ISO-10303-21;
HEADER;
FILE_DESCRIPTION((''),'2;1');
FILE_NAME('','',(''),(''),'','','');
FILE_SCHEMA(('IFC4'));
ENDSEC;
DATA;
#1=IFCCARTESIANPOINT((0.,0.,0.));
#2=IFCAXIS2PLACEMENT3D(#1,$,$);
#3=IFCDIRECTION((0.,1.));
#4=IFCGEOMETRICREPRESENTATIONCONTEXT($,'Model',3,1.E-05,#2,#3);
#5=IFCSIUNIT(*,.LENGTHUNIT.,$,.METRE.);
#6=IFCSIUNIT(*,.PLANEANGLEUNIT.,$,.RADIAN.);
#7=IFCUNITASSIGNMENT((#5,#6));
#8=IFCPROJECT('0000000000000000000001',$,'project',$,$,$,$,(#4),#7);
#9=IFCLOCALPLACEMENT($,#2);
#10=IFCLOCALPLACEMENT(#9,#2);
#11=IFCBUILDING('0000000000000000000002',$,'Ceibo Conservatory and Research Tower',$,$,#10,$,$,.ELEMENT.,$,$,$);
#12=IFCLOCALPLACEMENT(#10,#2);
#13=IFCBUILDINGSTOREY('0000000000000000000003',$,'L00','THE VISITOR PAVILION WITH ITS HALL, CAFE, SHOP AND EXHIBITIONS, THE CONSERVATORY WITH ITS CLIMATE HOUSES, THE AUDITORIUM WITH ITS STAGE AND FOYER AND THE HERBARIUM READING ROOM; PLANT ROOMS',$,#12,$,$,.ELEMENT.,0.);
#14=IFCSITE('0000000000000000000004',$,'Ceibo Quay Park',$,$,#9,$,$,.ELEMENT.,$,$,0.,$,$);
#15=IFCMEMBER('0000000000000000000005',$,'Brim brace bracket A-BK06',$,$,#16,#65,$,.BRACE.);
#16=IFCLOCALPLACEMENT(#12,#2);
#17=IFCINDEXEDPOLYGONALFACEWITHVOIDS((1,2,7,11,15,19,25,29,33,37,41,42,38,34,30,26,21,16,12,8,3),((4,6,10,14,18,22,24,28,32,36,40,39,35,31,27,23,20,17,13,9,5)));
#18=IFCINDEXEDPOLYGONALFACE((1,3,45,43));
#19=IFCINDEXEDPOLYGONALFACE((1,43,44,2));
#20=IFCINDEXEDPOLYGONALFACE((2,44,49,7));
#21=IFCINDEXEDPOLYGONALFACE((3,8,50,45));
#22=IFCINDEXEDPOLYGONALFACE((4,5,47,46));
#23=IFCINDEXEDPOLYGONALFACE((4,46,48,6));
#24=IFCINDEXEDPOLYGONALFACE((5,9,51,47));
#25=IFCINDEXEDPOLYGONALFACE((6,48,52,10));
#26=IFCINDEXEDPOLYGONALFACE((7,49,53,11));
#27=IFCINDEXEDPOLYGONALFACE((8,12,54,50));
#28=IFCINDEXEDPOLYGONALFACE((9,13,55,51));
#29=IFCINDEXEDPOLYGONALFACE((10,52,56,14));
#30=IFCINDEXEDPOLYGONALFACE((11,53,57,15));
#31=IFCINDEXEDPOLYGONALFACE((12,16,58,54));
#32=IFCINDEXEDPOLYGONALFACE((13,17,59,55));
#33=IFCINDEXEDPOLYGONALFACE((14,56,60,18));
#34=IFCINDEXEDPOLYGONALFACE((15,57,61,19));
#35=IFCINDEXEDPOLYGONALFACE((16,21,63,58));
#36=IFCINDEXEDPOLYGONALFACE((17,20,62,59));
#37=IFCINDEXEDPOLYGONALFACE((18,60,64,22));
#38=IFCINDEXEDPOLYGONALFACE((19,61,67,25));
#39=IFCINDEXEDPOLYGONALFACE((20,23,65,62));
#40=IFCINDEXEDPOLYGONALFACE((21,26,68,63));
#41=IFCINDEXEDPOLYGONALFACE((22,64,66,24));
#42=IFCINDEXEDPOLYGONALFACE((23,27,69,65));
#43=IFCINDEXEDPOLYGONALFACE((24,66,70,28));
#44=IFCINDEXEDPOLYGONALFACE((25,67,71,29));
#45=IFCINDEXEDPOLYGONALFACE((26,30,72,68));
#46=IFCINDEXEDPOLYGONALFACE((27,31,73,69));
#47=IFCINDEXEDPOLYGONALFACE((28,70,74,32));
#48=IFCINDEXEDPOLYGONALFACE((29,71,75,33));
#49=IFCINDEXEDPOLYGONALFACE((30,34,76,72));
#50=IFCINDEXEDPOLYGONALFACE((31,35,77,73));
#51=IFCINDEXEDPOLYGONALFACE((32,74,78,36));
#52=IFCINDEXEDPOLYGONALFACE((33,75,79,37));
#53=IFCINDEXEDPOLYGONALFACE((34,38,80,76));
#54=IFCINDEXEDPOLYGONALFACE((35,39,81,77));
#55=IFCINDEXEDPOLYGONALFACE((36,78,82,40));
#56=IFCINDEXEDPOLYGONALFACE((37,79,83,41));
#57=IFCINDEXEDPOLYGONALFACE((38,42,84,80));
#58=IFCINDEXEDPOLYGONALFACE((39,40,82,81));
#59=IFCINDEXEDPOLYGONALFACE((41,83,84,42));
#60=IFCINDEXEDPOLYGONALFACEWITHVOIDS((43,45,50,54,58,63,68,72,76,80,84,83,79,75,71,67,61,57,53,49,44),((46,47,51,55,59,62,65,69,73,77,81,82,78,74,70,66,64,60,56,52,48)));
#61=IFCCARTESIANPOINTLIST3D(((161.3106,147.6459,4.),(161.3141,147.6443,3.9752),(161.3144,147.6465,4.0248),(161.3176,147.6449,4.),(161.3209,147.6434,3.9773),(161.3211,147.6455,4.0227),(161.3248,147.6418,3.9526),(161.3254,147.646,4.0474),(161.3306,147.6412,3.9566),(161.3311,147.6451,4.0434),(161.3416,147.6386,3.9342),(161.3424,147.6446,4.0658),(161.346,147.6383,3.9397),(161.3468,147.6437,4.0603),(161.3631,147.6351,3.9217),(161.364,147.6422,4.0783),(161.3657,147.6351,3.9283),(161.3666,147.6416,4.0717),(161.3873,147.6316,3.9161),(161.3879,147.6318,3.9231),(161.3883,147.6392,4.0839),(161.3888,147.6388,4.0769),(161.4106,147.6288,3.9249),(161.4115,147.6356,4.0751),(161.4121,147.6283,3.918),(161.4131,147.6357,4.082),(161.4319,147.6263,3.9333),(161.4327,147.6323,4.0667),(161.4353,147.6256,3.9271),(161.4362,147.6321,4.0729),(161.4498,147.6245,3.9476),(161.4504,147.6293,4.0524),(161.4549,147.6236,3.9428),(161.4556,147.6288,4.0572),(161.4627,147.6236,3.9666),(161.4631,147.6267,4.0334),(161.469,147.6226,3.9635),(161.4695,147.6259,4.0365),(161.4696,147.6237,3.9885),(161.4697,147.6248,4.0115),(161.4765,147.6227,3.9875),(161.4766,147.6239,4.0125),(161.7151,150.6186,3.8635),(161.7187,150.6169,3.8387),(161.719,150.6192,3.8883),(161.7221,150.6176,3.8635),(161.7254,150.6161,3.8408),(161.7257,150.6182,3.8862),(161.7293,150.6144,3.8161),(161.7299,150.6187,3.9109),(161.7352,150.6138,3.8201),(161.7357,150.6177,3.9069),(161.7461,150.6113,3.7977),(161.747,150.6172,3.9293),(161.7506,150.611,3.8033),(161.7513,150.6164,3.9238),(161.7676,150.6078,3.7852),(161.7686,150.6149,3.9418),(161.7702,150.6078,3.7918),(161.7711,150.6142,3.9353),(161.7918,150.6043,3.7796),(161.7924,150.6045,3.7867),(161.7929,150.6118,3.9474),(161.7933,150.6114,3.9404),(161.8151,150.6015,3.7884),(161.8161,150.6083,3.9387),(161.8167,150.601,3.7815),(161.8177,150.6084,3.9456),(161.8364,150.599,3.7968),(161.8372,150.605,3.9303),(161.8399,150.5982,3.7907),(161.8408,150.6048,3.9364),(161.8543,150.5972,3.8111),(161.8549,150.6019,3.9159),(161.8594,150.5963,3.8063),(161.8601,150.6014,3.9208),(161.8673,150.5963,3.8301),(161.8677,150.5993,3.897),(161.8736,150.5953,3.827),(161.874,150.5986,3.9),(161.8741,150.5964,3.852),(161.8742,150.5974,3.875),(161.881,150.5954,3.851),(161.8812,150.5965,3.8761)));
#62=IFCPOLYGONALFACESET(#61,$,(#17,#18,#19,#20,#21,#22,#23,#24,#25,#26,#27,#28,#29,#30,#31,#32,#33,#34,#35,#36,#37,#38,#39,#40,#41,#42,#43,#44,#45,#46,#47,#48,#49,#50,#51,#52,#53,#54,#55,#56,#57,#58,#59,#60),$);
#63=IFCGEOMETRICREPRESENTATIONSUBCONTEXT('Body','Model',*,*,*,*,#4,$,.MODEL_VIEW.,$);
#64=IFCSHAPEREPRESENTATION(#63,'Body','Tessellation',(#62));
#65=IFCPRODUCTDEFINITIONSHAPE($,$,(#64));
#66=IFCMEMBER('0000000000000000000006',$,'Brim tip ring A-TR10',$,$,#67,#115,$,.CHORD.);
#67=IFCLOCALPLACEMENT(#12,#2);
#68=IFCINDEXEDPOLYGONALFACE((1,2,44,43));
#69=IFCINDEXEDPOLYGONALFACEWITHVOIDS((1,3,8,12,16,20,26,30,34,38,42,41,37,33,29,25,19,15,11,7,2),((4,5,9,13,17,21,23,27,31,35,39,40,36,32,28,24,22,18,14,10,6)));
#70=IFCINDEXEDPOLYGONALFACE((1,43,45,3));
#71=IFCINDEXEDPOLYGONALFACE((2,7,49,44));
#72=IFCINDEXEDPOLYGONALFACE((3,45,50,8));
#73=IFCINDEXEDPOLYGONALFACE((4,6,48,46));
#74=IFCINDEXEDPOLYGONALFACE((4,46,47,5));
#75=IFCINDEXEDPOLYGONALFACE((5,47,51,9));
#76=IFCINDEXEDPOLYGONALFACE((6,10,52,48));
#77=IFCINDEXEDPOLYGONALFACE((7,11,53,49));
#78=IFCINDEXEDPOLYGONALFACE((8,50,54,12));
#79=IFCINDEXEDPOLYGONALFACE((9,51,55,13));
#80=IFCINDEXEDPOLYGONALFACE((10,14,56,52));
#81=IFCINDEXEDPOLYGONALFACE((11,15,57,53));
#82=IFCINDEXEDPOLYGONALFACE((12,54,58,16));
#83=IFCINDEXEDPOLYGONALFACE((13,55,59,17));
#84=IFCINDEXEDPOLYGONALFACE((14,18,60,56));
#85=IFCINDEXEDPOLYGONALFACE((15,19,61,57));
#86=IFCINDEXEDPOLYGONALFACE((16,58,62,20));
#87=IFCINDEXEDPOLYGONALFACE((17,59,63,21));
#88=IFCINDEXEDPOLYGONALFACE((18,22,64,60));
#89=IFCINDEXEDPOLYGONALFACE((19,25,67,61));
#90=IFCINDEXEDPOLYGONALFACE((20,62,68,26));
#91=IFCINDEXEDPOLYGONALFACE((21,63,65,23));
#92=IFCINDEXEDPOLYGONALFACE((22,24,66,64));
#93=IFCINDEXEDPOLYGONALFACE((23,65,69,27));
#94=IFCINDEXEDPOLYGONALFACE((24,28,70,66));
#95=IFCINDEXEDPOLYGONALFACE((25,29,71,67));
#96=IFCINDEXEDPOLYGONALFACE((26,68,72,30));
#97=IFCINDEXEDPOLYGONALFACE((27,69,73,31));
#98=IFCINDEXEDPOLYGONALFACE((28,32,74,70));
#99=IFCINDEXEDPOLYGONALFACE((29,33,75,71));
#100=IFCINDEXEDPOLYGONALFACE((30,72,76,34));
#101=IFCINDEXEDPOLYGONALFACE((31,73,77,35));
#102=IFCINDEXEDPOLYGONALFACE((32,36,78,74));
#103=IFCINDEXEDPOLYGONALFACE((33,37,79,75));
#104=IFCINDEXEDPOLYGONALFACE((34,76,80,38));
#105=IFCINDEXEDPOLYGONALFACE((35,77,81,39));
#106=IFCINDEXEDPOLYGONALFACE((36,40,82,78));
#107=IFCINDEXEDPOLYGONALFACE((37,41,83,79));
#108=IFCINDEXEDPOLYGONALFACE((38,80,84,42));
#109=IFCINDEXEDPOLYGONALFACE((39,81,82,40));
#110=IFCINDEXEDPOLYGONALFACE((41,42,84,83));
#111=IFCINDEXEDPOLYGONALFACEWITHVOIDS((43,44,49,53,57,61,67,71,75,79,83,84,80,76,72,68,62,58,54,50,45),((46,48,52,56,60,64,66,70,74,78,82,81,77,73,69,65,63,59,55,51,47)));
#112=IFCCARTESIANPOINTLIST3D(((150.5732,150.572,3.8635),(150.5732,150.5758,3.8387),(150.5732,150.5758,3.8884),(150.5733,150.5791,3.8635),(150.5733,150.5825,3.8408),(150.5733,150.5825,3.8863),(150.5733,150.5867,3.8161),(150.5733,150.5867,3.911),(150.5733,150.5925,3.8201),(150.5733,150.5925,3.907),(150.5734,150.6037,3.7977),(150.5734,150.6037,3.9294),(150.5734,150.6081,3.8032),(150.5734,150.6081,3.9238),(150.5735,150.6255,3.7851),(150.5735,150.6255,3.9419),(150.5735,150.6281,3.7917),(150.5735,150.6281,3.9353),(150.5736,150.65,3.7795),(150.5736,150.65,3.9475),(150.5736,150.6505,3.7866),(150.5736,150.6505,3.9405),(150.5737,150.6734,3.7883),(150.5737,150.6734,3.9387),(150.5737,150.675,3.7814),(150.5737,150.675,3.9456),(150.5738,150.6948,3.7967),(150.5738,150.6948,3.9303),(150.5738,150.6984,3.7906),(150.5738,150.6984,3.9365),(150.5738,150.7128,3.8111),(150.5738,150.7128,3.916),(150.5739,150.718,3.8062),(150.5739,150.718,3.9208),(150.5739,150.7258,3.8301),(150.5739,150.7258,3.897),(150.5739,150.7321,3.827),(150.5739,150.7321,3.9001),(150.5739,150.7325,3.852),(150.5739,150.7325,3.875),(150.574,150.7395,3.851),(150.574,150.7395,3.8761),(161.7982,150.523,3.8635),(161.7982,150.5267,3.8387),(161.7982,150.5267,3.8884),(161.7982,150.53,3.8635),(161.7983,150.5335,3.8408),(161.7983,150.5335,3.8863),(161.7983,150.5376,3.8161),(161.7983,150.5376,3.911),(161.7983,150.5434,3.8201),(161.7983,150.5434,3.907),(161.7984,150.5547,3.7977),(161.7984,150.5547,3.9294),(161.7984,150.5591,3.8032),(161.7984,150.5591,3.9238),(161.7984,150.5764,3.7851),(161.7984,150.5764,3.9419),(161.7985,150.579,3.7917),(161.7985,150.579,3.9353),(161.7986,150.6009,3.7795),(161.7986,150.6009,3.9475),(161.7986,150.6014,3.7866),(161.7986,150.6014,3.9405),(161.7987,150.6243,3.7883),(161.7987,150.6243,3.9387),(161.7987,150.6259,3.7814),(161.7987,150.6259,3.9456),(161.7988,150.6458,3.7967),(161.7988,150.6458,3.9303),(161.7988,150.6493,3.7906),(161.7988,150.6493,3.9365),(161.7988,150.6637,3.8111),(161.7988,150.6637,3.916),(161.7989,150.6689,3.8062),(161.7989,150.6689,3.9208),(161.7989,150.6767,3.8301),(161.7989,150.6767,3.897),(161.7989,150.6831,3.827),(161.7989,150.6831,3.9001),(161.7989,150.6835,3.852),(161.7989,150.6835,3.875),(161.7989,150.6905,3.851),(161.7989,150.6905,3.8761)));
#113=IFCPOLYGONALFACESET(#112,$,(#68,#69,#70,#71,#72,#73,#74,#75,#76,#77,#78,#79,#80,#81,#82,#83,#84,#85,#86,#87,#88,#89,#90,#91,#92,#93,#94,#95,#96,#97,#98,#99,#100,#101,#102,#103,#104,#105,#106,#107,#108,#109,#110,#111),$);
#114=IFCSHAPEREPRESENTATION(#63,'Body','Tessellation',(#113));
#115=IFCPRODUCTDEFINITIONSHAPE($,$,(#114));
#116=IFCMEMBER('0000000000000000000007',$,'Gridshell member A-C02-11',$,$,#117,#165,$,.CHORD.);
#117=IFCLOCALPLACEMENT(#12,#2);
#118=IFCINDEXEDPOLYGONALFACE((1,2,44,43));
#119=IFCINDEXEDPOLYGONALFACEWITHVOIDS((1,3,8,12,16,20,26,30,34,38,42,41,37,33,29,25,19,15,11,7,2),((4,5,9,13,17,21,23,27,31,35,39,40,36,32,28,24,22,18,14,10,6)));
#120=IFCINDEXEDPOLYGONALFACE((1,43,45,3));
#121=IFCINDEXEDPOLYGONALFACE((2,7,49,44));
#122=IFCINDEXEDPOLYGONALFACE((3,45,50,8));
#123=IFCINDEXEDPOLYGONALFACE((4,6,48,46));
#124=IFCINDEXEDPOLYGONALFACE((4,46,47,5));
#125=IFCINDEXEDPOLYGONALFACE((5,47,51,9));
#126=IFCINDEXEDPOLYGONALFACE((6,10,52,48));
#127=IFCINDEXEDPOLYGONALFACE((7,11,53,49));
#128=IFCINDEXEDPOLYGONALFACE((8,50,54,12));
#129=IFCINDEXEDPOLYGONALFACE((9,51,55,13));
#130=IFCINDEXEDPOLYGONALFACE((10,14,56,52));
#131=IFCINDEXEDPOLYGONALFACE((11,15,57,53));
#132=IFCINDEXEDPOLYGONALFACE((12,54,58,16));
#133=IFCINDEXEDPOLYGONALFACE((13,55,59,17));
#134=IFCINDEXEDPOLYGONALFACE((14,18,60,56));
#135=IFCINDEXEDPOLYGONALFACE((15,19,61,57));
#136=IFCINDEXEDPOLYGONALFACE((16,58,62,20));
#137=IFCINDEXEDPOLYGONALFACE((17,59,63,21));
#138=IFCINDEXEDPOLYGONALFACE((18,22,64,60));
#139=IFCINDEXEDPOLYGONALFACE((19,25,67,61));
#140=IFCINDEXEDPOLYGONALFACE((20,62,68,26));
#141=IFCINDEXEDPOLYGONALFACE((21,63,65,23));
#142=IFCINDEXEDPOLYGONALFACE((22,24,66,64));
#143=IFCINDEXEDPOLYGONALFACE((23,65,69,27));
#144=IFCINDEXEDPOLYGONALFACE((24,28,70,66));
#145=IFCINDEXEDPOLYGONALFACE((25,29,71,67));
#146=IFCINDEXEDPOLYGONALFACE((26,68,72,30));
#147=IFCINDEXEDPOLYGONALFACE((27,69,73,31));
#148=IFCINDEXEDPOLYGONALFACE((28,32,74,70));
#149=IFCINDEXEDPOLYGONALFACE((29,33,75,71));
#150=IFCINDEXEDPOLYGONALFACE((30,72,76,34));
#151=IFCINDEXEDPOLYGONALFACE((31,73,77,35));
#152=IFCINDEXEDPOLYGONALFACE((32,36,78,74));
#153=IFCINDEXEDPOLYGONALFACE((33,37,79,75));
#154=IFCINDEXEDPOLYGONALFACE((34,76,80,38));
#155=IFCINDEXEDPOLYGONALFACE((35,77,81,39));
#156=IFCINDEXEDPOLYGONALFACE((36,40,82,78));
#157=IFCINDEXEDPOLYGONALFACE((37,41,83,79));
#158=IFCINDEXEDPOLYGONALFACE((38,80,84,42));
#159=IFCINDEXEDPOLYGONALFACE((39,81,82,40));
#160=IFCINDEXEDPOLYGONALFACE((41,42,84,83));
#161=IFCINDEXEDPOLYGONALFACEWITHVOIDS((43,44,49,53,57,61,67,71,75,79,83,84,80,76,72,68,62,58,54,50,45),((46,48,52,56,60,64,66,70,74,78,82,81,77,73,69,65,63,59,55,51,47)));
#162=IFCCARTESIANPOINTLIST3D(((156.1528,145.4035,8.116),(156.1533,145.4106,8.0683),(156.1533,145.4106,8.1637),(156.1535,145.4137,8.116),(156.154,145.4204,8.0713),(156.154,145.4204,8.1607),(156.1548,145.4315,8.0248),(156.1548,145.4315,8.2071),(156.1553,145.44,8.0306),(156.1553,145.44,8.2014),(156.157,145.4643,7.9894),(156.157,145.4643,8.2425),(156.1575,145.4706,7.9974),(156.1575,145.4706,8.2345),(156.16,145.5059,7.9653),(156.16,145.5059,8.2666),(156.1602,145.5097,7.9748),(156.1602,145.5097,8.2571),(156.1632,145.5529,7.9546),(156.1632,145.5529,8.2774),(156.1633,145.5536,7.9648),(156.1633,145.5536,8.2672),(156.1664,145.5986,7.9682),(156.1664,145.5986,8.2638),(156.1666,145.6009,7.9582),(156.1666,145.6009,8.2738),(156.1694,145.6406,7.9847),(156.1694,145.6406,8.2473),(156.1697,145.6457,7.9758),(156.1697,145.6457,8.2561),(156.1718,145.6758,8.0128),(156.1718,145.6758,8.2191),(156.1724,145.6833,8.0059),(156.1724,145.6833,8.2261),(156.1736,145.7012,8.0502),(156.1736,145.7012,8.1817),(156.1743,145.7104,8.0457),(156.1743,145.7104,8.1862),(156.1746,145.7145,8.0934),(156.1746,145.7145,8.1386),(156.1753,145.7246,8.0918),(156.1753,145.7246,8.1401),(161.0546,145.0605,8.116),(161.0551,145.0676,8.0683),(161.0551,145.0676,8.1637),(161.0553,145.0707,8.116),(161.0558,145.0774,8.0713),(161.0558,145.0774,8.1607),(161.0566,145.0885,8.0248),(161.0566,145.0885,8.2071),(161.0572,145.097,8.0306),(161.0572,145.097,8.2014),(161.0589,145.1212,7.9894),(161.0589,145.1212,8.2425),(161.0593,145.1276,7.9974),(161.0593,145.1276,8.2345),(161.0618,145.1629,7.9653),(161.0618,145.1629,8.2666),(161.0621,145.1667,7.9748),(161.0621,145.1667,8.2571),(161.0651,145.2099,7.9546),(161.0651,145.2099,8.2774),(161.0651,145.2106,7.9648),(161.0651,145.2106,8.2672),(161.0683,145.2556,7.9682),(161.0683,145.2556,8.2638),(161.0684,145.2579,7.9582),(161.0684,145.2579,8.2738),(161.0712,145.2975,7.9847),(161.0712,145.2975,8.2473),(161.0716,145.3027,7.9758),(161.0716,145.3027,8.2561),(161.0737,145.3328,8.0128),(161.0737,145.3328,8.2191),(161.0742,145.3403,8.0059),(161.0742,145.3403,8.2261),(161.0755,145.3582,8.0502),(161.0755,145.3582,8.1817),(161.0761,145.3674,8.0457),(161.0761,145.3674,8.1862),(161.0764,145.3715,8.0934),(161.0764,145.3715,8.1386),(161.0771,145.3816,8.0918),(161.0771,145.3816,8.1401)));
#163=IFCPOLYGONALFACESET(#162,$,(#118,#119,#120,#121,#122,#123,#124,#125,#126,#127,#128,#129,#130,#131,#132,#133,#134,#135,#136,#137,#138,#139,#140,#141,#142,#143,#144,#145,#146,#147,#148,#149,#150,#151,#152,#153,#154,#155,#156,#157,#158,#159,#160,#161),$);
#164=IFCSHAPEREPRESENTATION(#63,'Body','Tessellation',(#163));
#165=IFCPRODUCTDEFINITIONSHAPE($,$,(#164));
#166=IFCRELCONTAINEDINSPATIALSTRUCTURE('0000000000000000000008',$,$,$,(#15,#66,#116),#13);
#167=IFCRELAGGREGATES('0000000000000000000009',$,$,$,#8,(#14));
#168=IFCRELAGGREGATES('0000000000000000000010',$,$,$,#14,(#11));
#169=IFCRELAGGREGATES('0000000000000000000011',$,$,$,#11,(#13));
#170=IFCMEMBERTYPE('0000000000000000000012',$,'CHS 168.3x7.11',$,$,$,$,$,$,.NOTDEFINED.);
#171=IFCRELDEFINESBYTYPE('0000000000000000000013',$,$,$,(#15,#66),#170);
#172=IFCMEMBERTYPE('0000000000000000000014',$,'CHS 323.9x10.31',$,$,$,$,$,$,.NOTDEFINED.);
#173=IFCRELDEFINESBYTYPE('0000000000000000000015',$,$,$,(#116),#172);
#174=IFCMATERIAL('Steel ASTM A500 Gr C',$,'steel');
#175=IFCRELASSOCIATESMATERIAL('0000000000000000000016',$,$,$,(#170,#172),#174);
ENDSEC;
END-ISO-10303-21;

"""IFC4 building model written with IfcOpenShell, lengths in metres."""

from ifc_helpers import new_model, si_unit, direction, frame, origin, origin_2d, place, context, subcontext, project, spatial, hollow_circle, extrude, material, material_profile, profile_set, type_object, element, save


model = new_model("IFC4")

# Units and contexts
model_context = context("Model", 3, precision=1e-05, world=origin(), true_north=direction((0.0, 1.0)))
body_context = subcontext(model_context, "Body", "Model", "MODEL_VIEW")
ifc_project = project(units=[si_unit("LENGTHUNIT", "METRE"), si_unit("PLANEANGLEUNIT", "RADIAN")], contexts=[model_context])

# Site, building, storey
site_placement = place(None, origin())
site = spatial("IfcSite", under=ifc_project, at=site_placement, Name="Ceibo Quay Park", CompositionType="ELEMENT", RefElevation=0.0)
building_placement = place(site_placement, origin())
building = spatial("IfcBuilding", under=site, at=building_placement, Name="Ceibo Conservatory and Research Tower", CompositionType="ELEMENT")
storey_placement = place(building_placement, origin())
storey = spatial("IfcBuildingStorey", under=building, at=storey_placement, Name="L00", Description="THE VISITOR PAVILION WITH ITS HALL, CAFE, SHOP AND EXHIBITIONS, THE CONSERVATORY WITH ITS CLIMATE HOUSES, THE AUDITORIUM WITH ITS STAGE AND FOYER AND THE HERBARIUM READING ROOM; PLANT ROOMS", CompositionType="ELEMENT", Elevation=0.0)

# Members
ifc_material_1 = material(Name="Steel ASTM A500 Gr C", Category="steel")
ifc_material_profile_1 = material_profile(ifc_material_1, hollow_circle(Radius=0.0842, WallThickness=0.0071, at=origin_2d()), Name="CHS 168.3x7.11")
ifc_profile_set_1 = profile_set([ifc_material_profile_1], Name="Steel ASTM A500 Gr C")
member_type_1 = type_object("IfcMemberType", Name="CHS 168.3x7.11", PredefinedType="NOTDEFINED", material=ifc_profile_set_1)
member_1_placement = place(storey_placement, frame((161.394, 147.6345, 4.0), z_axis=(0.134705, 0.989843, -0.045444), x_axis=(-0.990867, 0.134844, 0.0)))
element("IfcMember", 1, at=member_1_placement, inside=storey, type_object=member_type_1, Name="Brim brace bracket A-BK06", PredefinedType="BRACE", context=body_context, shape_type="SweptSolid", body=[
    extrude(hollow_circle(Radius=0.0842, WallThickness=0.0071, at=origin_2d()), origin(), (0.0, 0.0, 1.0), 3.0032),
])
member_2_placement = place(storey_placement, frame((161.7986, 150.6072, 3.8635), z_axis=(-0.99999, 0.004372, 0.0), x_axis=(-0.004372, -0.99999, 0.0)))
element("IfcMember", 2, at=member_2_placement, inside=storey, type_object=member_type_1, Name="Brim tip ring A-TR10", PredefinedType="CHORD", context=body_context, shape_type="SweptSolid", body=[
    extrude(hollow_circle(Radius=0.0842, WallThickness=0.0071, at=origin_2d()), origin(), (0.0, 0.0, 1.0), 11.2251),
])
ifc_material_profile_2 = material_profile(ifc_material_1, hollow_circle(Radius=0.1619, WallThickness=0.0103, at=origin_2d()), Name="CHS 323.9x10.31")
ifc_profile_set_2 = profile_set([ifc_material_profile_2], Name="Steel ASTM A500 Gr C")
member_type_2 = type_object("IfcMemberType", Name="CHS 323.9x10.31", PredefinedType="NOTDEFINED", material=ifc_profile_set_2)
member_3_placement = place(storey_placement, frame((161.0659, 145.2219, 8.116), z_axis=(-0.997561, 0.069806, 0.0), x_axis=(-0.069806, -0.997561, 0.0)))
element("IfcMember", 3, at=member_3_placement, inside=storey, type_object=member_type_2, Name="Gridshell member A-C02-11", PredefinedType="CHORD", context=body_context, shape_type="SweptSolid", body=[
    extrude(hollow_circle(Radius=0.1619, WallThickness=0.0103, at=origin_2d()), origin(), (0.0, 0.0, 1.0), 4.9138),
])

save(model, "model.ifc")
